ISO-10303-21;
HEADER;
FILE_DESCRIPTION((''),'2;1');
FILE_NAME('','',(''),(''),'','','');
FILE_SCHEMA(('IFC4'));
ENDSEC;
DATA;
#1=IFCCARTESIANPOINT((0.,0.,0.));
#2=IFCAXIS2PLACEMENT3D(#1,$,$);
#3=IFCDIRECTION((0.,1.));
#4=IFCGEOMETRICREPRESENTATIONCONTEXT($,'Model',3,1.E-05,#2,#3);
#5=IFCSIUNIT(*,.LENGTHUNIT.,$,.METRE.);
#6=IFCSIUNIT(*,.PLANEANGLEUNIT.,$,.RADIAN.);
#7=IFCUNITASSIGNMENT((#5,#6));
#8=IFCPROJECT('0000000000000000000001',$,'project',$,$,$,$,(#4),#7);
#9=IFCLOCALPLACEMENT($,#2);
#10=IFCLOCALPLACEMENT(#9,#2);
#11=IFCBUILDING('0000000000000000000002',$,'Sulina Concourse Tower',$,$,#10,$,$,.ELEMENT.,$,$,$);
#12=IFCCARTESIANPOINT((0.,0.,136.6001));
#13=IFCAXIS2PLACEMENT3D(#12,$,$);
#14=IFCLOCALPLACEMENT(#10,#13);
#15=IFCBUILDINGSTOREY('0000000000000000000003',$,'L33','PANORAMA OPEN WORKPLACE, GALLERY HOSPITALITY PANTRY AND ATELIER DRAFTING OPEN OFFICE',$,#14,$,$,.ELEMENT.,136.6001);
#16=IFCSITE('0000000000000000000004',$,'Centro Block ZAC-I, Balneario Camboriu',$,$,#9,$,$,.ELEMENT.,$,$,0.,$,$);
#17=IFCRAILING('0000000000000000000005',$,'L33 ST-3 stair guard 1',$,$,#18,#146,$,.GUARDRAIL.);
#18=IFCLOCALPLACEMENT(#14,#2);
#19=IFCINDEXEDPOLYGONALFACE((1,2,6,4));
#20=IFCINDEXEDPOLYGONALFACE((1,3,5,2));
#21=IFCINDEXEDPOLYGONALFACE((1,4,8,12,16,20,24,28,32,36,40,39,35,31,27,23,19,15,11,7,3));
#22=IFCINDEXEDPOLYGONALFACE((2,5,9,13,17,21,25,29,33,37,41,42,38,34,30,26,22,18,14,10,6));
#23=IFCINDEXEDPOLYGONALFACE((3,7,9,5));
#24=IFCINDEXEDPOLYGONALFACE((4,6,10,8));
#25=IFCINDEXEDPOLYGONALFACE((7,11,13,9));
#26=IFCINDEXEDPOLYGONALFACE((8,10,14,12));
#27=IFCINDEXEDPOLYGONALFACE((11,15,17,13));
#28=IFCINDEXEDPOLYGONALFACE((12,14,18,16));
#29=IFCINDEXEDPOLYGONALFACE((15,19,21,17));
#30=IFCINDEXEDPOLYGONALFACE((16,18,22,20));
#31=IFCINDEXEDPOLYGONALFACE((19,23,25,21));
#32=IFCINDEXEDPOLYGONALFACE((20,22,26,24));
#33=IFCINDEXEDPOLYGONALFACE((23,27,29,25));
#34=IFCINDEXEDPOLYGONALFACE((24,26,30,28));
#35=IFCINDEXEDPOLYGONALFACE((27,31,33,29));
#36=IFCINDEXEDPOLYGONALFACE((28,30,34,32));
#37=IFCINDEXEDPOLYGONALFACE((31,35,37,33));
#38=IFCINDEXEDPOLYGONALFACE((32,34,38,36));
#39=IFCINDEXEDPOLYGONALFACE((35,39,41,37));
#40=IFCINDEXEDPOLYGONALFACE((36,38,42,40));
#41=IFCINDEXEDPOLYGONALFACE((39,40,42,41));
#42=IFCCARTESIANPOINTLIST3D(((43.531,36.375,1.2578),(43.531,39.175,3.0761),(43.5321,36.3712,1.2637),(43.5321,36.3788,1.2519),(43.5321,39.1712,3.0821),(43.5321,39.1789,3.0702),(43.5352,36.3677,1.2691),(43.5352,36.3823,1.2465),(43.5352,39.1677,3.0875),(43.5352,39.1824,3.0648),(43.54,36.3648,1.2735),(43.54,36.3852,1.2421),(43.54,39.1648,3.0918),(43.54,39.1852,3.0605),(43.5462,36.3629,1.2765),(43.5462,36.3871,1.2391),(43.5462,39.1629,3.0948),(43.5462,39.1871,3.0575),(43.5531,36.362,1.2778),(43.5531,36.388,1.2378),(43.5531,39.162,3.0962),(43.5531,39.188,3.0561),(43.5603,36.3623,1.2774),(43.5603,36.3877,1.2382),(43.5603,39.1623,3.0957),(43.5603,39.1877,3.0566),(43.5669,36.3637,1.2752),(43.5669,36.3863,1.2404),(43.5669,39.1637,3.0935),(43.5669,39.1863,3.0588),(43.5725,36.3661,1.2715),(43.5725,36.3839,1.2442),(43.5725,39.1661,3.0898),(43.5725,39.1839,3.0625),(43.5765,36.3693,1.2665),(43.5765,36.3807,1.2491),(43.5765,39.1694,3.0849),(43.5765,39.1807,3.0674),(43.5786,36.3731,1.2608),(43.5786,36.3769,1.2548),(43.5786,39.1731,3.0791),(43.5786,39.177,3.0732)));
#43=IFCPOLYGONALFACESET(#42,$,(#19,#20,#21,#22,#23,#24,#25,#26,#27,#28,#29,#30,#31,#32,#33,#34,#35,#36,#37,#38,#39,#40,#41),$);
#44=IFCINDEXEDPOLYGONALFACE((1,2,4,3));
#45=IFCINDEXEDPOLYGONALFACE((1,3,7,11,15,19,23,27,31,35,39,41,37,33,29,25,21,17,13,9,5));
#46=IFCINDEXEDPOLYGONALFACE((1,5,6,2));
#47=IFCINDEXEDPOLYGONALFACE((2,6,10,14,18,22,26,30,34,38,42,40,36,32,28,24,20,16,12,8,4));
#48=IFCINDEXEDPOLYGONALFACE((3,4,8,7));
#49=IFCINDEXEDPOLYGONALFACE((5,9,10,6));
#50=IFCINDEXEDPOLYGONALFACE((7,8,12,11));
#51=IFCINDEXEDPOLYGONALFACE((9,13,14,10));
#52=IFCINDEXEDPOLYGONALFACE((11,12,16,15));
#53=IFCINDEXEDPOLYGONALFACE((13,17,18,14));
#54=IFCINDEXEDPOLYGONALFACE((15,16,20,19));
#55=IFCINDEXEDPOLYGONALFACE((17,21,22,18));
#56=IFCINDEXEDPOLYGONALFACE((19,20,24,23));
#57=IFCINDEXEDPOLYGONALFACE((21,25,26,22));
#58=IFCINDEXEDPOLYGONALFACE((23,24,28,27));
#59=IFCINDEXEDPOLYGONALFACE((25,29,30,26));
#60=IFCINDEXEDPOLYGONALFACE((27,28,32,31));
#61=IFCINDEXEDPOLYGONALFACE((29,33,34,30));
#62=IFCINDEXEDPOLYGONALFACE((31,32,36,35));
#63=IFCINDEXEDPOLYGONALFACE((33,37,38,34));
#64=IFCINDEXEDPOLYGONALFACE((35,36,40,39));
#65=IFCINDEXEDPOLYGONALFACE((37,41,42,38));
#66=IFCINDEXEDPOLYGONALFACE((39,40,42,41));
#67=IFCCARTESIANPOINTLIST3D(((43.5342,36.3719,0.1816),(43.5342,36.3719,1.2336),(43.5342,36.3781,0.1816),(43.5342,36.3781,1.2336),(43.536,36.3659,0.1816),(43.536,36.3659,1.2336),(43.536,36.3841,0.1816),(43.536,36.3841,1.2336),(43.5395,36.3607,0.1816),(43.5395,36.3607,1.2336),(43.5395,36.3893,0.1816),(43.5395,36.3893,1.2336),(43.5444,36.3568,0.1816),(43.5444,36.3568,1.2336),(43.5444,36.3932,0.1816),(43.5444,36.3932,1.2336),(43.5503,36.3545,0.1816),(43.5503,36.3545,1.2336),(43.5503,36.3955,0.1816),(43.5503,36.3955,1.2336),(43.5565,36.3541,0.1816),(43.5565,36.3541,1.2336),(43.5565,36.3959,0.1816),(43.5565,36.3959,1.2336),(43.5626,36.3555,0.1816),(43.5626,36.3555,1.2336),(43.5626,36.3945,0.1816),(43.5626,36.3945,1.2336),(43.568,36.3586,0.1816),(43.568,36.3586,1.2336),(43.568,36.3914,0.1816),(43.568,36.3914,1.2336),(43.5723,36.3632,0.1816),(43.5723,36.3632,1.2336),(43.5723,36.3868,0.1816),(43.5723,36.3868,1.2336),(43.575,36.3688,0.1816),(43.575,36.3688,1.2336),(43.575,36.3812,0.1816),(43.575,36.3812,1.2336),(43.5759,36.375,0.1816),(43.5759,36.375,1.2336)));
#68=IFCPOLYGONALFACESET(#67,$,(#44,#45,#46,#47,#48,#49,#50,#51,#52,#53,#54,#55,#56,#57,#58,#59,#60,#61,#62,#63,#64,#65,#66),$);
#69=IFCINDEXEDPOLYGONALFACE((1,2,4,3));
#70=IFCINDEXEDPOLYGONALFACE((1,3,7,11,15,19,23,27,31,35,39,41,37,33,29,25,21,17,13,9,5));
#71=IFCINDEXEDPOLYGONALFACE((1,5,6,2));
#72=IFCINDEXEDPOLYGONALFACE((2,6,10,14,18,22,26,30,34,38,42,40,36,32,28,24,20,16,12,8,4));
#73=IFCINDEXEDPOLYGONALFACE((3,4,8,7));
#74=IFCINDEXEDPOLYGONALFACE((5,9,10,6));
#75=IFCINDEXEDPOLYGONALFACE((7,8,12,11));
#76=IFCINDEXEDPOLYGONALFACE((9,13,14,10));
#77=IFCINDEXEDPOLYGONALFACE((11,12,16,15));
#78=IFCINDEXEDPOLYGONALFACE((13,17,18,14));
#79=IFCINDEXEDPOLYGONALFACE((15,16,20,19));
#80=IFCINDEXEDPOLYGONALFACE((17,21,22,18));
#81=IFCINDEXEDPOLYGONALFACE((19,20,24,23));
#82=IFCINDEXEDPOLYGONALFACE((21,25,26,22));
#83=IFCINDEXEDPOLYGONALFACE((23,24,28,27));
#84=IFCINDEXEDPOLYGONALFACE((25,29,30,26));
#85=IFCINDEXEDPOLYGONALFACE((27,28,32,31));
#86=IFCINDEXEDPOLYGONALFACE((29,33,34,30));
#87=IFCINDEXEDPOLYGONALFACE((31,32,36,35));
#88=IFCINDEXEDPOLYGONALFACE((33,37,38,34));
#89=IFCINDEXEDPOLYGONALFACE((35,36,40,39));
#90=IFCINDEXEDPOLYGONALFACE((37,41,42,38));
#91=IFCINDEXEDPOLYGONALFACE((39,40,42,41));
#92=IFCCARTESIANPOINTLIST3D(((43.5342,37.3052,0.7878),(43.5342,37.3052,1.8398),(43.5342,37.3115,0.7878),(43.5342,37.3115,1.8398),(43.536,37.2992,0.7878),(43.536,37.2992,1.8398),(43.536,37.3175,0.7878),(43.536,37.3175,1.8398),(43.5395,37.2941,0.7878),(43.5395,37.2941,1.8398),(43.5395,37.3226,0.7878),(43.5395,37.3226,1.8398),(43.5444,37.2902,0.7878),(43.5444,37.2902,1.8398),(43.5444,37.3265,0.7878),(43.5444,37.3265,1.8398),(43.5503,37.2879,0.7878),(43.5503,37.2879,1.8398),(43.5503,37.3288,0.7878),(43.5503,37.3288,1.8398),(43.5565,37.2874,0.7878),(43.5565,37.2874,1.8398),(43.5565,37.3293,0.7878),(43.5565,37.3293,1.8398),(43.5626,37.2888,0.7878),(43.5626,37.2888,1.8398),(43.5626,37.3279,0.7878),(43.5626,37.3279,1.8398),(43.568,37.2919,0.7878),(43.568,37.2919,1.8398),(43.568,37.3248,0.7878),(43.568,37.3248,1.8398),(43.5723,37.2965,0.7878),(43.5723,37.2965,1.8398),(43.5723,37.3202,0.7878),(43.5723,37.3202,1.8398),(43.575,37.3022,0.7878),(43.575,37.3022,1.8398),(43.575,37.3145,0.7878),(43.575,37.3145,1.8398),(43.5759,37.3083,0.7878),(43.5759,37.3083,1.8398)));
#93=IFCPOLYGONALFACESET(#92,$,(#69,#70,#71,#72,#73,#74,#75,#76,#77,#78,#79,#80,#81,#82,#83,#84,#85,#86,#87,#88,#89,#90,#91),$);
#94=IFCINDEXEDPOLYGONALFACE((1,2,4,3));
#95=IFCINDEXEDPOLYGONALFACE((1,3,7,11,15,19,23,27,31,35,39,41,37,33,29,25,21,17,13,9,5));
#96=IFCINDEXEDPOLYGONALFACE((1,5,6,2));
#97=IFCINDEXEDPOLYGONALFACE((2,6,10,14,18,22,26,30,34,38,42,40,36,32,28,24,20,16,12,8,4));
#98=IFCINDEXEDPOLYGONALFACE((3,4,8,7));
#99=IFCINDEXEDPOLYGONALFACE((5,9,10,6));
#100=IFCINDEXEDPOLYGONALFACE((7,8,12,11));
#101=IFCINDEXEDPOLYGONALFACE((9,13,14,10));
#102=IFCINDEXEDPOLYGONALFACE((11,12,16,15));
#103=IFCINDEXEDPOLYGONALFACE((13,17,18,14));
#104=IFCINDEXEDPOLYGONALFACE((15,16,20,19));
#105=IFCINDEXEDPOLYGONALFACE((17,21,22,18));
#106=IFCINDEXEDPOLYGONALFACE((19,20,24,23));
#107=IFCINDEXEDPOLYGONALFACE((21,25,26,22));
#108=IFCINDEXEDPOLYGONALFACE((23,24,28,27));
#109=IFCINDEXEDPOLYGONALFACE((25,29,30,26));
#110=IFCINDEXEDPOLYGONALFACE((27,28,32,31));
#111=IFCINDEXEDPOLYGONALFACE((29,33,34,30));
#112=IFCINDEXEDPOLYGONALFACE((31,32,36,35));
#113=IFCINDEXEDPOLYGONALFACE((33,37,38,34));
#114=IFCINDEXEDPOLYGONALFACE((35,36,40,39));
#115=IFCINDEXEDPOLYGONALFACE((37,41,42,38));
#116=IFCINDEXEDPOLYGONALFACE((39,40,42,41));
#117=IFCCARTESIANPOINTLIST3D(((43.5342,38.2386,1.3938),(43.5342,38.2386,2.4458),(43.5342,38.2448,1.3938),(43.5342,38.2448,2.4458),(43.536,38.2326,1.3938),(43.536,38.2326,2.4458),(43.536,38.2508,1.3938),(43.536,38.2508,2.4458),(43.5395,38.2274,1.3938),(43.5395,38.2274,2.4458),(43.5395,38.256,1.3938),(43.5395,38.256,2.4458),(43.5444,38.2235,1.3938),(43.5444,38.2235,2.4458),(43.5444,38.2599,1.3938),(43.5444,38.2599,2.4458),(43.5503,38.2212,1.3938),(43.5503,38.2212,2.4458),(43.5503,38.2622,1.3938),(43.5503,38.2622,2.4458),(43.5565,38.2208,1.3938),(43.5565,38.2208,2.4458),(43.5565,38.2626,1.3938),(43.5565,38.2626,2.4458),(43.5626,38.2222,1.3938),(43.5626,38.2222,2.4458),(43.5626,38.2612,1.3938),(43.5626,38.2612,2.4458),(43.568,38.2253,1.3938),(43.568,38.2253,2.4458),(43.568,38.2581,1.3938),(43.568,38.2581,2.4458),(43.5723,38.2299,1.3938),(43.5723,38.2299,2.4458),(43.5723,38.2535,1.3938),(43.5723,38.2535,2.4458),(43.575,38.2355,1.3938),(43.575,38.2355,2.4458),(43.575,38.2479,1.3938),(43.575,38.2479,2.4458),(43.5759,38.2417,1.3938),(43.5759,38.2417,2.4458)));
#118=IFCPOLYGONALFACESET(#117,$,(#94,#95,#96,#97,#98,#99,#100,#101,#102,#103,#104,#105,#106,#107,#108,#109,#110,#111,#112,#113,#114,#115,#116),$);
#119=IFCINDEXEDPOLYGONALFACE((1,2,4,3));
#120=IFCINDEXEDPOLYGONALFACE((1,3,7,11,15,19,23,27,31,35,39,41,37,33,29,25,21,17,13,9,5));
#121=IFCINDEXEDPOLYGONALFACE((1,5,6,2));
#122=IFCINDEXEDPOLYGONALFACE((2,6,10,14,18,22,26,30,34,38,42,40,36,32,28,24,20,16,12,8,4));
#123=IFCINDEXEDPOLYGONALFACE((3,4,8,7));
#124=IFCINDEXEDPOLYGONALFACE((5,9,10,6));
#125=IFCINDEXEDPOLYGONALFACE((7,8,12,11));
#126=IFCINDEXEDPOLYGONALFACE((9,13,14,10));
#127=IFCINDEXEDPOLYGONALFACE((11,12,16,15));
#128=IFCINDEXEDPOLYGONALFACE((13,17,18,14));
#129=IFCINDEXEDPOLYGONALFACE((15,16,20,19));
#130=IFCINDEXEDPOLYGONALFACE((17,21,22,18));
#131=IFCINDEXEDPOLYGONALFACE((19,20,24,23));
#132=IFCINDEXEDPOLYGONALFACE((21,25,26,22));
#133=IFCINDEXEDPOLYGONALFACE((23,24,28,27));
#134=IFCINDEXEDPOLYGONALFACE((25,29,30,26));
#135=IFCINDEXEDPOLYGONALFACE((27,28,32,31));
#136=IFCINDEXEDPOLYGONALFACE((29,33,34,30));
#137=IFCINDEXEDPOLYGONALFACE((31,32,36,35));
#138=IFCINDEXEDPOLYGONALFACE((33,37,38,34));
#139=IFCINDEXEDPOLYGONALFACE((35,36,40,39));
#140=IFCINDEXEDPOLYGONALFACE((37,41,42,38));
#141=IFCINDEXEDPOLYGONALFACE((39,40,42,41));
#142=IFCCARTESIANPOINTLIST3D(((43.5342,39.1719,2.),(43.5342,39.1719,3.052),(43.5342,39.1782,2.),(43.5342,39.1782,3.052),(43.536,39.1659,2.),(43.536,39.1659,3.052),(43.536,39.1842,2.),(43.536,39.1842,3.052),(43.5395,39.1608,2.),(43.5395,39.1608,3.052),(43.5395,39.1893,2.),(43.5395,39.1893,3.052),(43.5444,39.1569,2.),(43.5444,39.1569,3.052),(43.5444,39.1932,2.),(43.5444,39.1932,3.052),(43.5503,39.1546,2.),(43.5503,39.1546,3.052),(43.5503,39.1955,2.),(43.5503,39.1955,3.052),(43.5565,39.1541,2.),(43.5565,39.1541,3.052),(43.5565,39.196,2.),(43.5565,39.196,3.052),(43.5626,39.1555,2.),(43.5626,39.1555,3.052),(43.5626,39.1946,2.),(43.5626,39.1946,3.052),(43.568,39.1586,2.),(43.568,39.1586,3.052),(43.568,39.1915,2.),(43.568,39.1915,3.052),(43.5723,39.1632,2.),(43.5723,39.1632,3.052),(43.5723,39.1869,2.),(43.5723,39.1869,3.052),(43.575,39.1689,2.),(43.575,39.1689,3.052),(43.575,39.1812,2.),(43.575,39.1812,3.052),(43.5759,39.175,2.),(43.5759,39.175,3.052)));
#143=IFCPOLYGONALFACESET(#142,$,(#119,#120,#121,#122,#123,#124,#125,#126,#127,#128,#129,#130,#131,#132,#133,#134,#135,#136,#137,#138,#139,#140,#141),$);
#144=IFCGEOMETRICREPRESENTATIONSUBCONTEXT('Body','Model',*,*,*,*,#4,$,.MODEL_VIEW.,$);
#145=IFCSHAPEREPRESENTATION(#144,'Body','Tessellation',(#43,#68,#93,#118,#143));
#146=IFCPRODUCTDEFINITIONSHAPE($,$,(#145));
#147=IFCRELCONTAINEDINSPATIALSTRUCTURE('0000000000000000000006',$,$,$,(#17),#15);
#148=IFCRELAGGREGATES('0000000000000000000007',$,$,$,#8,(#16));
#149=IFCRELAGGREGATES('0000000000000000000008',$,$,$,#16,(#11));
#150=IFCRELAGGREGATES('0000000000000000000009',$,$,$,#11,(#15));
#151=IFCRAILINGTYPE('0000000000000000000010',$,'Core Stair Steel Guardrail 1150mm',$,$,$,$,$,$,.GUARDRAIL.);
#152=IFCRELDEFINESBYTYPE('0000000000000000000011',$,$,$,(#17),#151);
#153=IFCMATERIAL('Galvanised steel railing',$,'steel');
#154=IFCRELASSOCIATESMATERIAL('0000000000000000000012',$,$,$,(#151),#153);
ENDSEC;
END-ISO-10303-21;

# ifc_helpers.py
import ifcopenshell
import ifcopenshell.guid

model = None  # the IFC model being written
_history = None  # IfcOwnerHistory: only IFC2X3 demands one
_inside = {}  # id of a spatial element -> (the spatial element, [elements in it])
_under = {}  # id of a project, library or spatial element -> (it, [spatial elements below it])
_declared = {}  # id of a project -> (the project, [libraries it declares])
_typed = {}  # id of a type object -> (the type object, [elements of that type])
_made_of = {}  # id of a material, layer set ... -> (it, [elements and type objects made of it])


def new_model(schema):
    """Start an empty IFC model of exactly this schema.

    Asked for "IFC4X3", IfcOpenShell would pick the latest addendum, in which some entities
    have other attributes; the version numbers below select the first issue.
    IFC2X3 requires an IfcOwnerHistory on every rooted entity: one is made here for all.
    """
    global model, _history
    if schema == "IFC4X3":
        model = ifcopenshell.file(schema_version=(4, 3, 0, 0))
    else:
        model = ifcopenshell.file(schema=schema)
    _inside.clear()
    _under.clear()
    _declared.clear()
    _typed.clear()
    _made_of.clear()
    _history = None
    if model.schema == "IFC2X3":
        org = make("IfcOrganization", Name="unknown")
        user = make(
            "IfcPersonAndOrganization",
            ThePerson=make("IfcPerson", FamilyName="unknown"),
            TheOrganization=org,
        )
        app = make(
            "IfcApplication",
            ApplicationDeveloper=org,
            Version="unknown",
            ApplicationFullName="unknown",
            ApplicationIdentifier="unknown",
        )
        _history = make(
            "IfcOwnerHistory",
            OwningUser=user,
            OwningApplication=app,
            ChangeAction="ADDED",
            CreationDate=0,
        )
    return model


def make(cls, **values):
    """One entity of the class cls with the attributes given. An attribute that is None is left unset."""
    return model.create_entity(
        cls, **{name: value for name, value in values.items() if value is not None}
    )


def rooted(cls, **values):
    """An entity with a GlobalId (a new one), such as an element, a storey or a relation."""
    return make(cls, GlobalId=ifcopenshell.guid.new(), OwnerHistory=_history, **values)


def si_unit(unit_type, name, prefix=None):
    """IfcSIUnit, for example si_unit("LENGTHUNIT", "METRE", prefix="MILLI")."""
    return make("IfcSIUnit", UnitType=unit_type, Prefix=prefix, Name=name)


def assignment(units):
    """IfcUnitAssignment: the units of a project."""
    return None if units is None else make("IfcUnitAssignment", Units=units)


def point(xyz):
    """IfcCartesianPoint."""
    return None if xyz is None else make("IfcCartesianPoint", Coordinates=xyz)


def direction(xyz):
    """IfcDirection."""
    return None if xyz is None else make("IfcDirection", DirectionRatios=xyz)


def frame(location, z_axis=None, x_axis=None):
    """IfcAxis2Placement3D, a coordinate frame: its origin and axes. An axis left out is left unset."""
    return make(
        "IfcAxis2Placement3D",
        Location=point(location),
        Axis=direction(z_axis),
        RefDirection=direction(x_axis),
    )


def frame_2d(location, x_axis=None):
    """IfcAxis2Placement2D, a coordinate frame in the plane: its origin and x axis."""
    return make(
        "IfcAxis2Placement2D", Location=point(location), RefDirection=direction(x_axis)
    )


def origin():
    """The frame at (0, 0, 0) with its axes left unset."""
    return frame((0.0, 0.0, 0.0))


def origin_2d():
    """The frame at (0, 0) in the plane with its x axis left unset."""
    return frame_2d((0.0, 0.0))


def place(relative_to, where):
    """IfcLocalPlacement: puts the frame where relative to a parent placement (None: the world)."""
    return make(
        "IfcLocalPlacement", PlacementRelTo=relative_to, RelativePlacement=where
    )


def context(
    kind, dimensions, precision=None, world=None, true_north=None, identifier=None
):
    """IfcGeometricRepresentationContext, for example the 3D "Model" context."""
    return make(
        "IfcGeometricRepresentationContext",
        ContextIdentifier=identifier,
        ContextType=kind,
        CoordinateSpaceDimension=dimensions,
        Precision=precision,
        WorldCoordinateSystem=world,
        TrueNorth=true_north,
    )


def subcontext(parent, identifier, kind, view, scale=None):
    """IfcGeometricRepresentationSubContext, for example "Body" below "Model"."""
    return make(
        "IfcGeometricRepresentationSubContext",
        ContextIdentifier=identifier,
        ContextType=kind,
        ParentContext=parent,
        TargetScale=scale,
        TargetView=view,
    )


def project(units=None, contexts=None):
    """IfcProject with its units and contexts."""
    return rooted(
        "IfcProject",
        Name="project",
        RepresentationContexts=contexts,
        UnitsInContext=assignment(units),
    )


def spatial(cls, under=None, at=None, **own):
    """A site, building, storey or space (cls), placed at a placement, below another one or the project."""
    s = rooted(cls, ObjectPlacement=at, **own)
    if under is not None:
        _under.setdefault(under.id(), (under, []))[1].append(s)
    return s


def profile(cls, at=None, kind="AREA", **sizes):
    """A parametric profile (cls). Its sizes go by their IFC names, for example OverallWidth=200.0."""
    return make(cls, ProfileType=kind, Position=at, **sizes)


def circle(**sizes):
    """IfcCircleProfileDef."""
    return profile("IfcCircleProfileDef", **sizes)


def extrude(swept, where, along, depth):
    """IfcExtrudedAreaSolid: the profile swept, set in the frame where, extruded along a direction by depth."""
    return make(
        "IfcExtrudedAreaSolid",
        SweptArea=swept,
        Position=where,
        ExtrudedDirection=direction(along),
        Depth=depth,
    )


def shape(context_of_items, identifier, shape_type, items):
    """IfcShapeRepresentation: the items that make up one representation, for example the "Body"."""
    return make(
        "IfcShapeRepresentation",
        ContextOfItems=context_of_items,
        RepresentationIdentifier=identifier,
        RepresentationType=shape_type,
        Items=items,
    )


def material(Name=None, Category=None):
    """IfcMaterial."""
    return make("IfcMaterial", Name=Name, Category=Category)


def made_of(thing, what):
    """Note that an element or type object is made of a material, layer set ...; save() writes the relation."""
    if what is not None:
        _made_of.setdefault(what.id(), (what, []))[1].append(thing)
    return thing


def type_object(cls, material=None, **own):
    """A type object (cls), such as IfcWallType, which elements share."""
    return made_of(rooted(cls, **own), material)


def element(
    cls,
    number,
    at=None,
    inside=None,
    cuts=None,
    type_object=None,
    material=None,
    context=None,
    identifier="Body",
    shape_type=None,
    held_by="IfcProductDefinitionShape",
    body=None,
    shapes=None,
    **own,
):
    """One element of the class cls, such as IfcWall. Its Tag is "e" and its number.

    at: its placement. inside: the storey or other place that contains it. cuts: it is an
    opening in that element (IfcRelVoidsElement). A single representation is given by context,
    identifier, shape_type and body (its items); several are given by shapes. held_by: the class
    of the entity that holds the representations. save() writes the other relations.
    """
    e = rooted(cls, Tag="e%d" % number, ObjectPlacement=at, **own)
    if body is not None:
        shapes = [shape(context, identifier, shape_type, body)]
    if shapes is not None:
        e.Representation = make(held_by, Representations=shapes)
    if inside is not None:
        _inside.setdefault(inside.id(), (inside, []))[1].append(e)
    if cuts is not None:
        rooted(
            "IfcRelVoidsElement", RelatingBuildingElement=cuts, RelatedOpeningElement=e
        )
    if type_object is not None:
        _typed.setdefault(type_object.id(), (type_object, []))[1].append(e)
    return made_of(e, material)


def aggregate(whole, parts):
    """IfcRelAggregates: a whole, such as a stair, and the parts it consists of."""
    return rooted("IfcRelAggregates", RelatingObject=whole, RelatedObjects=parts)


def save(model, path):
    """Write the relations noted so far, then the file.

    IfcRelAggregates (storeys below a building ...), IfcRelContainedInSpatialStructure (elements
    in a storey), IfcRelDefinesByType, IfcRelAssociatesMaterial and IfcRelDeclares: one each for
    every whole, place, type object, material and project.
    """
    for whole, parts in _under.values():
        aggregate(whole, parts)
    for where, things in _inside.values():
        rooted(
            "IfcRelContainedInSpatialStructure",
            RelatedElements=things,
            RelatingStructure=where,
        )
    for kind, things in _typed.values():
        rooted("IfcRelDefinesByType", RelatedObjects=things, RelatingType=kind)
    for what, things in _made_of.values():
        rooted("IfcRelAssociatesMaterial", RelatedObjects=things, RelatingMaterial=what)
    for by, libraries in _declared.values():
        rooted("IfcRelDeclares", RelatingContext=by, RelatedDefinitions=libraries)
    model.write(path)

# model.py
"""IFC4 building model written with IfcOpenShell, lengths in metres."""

from ifc_helpers import new_model, si_unit, direction, frame, origin, origin_2d, place, context, subcontext, project, spatial, circle, extrude, material, type_object, element, save


model = new_model("IFC4")

# Units and contexts
model_context = context("Model", 3, precision=1e-05, world=origin(), true_north=direction((0.0, 1.0)))
body_context = subcontext(model_context, "Body", "Model", "MODEL_VIEW")
ifc_project = project(units=[si_unit("LENGTHUNIT", "METRE"), si_unit("PLANEANGLEUNIT", "RADIAN")], contexts=[model_context])

# Site, building, storey
site_placement = place(None, origin())
site = spatial("IfcSite", under=ifc_project, at=site_placement, Name="Centro Block ZAC-I, Balneario Camboriu", CompositionType="ELEMENT", RefElevation=0.0)
building_placement = place(site_placement, origin())
building = spatial("IfcBuilding", under=site, at=building_placement, Name="Sulina Concourse Tower", CompositionType="ELEMENT")
storey_placement = place(building_placement, frame((0.0, 0.0, 136.6001)))
storey = spatial("IfcBuildingStorey", under=building, at=storey_placement, Name="L33", Description="PANORAMA OPEN WORKPLACE, GALLERY HOSPITALITY PANTRY AND ATELIER DRAFTING OPEN OFFICE", CompositionType="ELEMENT", Elevation=136.6001)

# Railing
ifc_material_1 = material(Name="Galvanised steel railing", Category="steel")
railing_type_1 = type_object("IfcRailingType", Name="Core Stair Steel Guardrail 1150mm", PredefinedType="GUARDRAIL", material=ifc_material_1)
railing_1_placement = place(storey_placement, frame((43.5549, 36.375, 0.1816)))
element("IfcRailing", 1, at=railing_1_placement, inside=storey, type_object=railing_type_1, Name="L33 ST-3 stair guard 1", PredefinedType="GUARDRAIL", context=body_context, shape_type="SweptSolid", body=[
    extrude(circle(Radius=0.0239, at=origin_2d()), frame((0.0, 0.0, 1.0762), z_axis=(0.0, 0.838672, 0.544636), x_axis=(-1.0, 0.0, 0.0)), (0.0, 0.0, 1.0), 3.3386),
    extrude(circle(Radius=0.021, at=origin_2d()), origin(), (0.0, 0.0, 1.0), 1.052),
    extrude(circle(Radius=0.021, at=origin_2d()), frame((0.0, 0.9333, 0.6062)), (0.0, 0.0, 1.0), 1.052),
    extrude(circle(Radius=0.021, at=origin_2d()), frame((0.0, 1.8667, 1.2122)), (0.0, 0.0, 1.0), 1.052),
    extrude(circle(Radius=0.021, at=origin_2d()), frame((0.0, 2.8, 1.8184)), (0.0, 0.0, 1.0), 1.052),
])

save(model, "model.ifc")
